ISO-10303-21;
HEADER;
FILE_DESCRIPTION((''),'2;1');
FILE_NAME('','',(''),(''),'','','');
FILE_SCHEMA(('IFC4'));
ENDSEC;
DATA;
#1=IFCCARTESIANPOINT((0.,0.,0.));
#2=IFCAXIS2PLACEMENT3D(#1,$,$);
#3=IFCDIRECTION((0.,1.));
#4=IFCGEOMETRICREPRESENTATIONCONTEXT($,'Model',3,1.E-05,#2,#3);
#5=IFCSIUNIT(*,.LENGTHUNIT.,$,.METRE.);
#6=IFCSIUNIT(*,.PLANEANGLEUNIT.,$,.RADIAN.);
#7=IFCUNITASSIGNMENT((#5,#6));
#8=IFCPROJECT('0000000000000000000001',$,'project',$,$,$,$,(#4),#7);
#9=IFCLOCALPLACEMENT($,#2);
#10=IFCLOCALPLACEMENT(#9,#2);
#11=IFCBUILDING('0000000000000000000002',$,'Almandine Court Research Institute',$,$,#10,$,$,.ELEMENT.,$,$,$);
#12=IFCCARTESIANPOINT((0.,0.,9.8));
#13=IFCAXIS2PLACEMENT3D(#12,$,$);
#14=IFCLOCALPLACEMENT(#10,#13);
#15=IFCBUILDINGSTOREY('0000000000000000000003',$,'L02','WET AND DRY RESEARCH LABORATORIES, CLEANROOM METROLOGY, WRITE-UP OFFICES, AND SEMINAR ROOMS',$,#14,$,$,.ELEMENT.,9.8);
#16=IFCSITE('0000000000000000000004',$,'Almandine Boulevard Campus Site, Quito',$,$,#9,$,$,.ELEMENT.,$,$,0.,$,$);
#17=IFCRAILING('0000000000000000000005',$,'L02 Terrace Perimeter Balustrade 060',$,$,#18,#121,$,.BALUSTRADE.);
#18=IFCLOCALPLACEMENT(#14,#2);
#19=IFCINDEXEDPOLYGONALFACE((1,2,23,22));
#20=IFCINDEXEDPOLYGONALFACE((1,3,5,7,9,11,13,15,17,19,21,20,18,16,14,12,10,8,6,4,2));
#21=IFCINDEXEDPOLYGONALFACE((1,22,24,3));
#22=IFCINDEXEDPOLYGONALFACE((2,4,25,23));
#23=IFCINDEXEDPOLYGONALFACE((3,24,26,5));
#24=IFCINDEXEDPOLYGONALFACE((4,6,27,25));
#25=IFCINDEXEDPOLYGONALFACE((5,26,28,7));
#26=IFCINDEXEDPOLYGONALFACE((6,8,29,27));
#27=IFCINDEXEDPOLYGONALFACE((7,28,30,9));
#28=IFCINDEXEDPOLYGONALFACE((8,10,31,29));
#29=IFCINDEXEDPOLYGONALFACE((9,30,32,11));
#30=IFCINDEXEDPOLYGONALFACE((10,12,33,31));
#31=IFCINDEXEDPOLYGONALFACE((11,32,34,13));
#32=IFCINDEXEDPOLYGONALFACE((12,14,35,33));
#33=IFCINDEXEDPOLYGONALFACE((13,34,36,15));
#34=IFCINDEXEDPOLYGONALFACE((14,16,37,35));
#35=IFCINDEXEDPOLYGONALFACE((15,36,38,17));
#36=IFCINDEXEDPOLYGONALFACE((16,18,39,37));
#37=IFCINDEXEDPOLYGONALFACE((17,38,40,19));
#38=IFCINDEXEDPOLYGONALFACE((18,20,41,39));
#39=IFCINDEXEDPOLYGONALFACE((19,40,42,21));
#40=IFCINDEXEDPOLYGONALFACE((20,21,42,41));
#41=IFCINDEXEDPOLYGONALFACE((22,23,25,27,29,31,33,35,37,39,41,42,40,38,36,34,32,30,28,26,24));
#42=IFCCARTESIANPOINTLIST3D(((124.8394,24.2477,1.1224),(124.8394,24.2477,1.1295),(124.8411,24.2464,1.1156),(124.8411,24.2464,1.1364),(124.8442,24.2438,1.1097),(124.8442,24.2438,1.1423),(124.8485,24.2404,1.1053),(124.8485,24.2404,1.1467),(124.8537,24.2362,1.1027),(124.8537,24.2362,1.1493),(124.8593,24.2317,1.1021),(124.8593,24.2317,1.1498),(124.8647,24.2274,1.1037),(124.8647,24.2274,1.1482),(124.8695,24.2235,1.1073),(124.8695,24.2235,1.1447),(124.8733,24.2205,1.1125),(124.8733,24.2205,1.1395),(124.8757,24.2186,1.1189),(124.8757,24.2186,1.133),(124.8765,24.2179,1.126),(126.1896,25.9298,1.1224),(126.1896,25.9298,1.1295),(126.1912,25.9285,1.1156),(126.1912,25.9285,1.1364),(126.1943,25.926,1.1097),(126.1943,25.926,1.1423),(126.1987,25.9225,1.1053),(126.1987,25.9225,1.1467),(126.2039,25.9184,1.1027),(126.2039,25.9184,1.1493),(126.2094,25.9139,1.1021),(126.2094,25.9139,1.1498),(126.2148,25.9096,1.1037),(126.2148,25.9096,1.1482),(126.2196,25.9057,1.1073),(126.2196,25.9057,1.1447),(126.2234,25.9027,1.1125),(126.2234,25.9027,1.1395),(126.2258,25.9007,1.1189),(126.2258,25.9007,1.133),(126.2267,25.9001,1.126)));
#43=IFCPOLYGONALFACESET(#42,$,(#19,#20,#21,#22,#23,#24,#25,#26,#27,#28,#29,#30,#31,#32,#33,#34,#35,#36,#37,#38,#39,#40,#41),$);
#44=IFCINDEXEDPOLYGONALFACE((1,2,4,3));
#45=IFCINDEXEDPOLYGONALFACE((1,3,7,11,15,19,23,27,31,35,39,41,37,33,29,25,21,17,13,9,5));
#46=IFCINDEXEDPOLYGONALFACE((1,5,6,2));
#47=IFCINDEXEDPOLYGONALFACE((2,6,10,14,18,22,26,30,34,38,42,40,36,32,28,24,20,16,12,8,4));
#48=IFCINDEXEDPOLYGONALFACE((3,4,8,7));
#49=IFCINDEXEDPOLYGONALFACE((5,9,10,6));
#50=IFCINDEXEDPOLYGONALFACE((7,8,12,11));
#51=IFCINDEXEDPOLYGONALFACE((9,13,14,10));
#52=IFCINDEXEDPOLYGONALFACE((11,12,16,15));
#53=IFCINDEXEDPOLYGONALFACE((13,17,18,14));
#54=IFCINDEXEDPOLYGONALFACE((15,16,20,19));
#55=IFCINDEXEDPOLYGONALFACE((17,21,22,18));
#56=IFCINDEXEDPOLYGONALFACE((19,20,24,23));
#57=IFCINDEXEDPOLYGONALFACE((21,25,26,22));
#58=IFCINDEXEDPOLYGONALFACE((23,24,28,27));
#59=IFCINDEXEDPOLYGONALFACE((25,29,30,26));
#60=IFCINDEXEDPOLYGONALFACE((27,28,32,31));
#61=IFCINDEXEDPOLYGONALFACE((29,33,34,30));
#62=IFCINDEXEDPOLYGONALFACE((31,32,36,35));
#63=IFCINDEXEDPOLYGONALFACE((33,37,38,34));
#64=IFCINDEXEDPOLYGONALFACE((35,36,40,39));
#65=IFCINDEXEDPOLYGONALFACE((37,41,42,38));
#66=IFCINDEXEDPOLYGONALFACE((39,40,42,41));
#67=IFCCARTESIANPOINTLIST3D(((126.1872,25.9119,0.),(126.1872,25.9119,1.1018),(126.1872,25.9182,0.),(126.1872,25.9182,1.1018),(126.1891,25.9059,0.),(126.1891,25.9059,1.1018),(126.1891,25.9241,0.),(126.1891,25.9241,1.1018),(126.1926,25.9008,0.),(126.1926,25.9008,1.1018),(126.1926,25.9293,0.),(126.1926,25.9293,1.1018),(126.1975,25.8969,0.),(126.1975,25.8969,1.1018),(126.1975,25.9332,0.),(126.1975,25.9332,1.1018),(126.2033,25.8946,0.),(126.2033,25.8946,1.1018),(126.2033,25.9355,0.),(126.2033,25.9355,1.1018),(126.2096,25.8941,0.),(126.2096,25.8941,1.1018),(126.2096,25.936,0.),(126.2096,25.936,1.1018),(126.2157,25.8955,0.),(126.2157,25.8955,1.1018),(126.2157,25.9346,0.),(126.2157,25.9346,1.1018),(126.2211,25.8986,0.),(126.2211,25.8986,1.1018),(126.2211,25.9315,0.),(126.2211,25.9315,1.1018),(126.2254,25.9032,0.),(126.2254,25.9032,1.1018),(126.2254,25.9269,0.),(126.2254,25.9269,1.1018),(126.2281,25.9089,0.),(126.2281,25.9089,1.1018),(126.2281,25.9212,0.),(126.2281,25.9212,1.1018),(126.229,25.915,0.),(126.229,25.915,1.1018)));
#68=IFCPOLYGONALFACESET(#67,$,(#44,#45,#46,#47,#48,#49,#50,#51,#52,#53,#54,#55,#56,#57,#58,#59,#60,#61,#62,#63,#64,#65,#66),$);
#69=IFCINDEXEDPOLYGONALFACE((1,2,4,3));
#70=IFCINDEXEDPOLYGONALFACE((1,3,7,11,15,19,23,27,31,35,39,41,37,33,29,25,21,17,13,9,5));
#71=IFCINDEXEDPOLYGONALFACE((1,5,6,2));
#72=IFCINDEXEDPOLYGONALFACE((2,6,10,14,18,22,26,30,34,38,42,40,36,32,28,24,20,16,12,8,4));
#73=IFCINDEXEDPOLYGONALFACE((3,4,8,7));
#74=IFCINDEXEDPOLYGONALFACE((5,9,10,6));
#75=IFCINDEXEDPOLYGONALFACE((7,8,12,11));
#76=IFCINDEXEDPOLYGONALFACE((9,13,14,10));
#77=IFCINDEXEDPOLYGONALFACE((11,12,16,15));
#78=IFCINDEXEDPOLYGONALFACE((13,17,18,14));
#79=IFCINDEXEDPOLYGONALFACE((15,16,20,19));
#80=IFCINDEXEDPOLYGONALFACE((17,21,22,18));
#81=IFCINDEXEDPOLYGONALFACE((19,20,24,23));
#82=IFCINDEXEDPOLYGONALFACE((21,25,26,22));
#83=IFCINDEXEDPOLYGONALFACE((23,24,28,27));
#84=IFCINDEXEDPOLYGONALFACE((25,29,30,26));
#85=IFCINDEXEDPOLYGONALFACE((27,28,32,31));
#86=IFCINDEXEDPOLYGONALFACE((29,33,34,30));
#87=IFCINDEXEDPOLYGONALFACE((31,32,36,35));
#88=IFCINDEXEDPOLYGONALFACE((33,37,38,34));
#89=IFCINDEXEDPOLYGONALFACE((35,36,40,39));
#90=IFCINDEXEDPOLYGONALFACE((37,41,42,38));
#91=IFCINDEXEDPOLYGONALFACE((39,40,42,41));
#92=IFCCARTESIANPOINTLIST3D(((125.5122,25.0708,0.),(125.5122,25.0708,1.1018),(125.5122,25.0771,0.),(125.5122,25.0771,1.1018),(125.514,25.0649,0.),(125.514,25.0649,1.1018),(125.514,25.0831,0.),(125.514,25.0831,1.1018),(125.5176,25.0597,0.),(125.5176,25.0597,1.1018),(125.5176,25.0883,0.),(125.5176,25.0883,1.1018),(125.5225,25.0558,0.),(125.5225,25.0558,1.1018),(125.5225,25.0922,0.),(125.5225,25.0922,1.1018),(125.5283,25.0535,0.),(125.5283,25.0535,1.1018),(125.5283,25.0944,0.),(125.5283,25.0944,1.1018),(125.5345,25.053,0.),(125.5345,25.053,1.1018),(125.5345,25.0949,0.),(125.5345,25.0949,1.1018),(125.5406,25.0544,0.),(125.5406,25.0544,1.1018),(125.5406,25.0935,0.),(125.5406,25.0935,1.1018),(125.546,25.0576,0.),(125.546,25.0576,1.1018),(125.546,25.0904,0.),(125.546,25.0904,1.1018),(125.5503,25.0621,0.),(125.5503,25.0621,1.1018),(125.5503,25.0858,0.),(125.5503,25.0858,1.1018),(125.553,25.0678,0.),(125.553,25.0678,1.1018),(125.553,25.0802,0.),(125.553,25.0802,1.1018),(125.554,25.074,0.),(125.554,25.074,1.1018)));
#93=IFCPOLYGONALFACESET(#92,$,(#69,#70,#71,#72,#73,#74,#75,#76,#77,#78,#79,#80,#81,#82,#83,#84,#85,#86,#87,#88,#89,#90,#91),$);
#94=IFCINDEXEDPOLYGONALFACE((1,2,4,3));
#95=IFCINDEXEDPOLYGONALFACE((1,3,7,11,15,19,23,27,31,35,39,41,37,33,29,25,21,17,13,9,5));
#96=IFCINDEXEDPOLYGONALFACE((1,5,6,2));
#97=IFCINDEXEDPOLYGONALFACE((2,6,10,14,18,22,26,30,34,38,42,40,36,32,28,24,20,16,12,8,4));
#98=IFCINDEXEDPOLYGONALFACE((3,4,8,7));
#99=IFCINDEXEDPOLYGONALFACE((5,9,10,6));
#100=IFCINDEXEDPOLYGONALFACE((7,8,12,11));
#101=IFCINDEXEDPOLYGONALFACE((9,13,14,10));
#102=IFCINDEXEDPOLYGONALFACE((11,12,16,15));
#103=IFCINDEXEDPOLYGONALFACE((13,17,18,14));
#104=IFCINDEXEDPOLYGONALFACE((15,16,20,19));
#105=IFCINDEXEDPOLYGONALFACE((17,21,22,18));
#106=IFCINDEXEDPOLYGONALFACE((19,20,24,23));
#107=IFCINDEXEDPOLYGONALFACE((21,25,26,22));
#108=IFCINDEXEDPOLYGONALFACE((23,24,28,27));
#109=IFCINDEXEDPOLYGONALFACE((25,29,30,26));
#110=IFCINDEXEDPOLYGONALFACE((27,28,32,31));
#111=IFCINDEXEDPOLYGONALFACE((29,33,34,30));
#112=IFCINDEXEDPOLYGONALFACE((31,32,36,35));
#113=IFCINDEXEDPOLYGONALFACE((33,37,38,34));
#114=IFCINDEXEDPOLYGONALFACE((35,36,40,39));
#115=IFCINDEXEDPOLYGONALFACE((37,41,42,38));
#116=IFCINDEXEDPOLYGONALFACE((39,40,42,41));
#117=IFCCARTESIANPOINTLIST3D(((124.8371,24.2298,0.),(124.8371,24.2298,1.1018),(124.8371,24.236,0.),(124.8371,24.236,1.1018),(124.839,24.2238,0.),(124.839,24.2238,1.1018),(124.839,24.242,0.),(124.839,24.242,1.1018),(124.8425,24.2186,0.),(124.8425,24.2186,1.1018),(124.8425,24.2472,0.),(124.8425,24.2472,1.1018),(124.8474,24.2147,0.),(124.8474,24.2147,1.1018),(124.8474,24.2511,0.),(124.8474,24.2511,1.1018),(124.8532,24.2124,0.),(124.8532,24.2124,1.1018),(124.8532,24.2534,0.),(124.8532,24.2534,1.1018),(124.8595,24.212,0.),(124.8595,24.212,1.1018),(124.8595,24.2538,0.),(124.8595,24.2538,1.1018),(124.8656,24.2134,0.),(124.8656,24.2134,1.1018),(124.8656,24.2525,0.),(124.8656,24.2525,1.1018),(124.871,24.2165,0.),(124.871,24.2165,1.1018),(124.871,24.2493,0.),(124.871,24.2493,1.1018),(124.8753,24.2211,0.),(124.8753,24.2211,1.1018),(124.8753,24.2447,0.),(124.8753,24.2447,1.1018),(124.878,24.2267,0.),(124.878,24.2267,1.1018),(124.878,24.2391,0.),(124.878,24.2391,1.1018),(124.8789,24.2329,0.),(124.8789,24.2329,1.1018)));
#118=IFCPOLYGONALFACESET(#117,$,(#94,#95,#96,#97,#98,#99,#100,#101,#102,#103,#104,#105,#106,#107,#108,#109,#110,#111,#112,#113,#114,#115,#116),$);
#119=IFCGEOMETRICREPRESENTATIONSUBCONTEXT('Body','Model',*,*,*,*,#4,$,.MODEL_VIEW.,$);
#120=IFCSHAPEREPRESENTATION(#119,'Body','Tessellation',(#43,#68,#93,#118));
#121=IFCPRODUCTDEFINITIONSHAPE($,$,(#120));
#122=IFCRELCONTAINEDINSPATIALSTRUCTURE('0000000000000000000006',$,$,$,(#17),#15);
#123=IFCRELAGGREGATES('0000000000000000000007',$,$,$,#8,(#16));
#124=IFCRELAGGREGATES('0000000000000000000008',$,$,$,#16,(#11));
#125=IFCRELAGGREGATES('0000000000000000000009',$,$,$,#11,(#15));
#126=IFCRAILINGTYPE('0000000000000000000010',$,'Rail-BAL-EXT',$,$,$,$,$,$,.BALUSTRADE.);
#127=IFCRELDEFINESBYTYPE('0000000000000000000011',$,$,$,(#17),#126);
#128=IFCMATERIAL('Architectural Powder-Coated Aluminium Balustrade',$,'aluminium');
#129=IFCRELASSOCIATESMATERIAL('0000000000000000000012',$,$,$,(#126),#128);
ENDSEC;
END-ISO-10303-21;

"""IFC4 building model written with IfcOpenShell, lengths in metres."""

from ifc_helpers import new_model, si_unit, direction, frame, origin, origin_2d, place, context, subcontext, project, spatial, circle, extrude, material, type_object, element, save


model = new_model("IFC4")

# Units and contexts
model_context = context("Model", 3, precision=1e-05, world=origin(), true_north=direction((0.0, 1.0)))
body_context = subcontext(model_context, "Body", "Model", "MODEL_VIEW")
ifc_project = project(units=[si_unit("LENGTHUNIT", "METRE"), si_unit("PLANEANGLEUNIT", "RADIAN")], contexts=[model_context])

# Site, building, storey
site_placement = place(None, origin())
site = spatial("IfcSite", under=ifc_project, at=site_placement, Name="Almandine Boulevard Campus Site, Quito", CompositionType="ELEMENT", RefElevation=0.0)
building_placement = place(site_placement, origin())
building = spatial("IfcBuilding", under=site, at=building_placement, Name="Almandine Court Research Institute", CompositionType="ELEMENT")
storey_placement = place(building_placement, frame((0.0, 0.0, 9.8)))
storey = spatial("IfcBuildingStorey", under=building, at=storey_placement, Name="L02", Description="WET AND DRY RESEARCH LABORATORIES, CLEANROOM METROLOGY, WRITE-UP OFFICES, AND SEMINAR ROOMS", CompositionType="ELEMENT", Elevation=9.8)

# Railing
ifc_material_1 = material(Name="Architectural Powder-Coated Aluminium Balustrade", Category="aluminium")
railing_type = type_object("IfcRailingType", Name="Rail-BAL-EXT", PredefinedType="BALUSTRADE", material=ifc_material_1)
railing_1_placement = place(storey_placement, frame((126.208, 25.915, 0.0)))
element("IfcRailing", 1, at=railing_1_placement, inside=storey, type_object=railing_type, Name="L02 Terrace Perimeter Balustrade 060", PredefinedType="BALUSTRADE", context=body_context, shape_type="SweptSolid", body=[
    extrude(circle(Radius=0.0239, at=origin_2d()), frame((0.0, 0.0, 1.126), z_axis=(-0.625937, -0.779874, 0.0), x_axis=(0.779874, -0.625937, 0.0)), (0.0, 0.0, 1.0), 2.157),
    extrude(circle(Radius=0.021, at=origin_2d()), origin(), (0.0, 0.0, 1.0), 1.1018),
    extrude(circle(Radius=0.021, at=origin_2d()), frame((-0.675, -0.8411, 0.0)), (0.0, 0.0, 1.0), 1.1018),
    extrude(circle(Radius=0.021, at=origin_2d()), frame((-1.3501, -1.6821, 0.0)), (0.0, 0.0, 1.0), 1.1018),
])

save(model, "model.ifc")
